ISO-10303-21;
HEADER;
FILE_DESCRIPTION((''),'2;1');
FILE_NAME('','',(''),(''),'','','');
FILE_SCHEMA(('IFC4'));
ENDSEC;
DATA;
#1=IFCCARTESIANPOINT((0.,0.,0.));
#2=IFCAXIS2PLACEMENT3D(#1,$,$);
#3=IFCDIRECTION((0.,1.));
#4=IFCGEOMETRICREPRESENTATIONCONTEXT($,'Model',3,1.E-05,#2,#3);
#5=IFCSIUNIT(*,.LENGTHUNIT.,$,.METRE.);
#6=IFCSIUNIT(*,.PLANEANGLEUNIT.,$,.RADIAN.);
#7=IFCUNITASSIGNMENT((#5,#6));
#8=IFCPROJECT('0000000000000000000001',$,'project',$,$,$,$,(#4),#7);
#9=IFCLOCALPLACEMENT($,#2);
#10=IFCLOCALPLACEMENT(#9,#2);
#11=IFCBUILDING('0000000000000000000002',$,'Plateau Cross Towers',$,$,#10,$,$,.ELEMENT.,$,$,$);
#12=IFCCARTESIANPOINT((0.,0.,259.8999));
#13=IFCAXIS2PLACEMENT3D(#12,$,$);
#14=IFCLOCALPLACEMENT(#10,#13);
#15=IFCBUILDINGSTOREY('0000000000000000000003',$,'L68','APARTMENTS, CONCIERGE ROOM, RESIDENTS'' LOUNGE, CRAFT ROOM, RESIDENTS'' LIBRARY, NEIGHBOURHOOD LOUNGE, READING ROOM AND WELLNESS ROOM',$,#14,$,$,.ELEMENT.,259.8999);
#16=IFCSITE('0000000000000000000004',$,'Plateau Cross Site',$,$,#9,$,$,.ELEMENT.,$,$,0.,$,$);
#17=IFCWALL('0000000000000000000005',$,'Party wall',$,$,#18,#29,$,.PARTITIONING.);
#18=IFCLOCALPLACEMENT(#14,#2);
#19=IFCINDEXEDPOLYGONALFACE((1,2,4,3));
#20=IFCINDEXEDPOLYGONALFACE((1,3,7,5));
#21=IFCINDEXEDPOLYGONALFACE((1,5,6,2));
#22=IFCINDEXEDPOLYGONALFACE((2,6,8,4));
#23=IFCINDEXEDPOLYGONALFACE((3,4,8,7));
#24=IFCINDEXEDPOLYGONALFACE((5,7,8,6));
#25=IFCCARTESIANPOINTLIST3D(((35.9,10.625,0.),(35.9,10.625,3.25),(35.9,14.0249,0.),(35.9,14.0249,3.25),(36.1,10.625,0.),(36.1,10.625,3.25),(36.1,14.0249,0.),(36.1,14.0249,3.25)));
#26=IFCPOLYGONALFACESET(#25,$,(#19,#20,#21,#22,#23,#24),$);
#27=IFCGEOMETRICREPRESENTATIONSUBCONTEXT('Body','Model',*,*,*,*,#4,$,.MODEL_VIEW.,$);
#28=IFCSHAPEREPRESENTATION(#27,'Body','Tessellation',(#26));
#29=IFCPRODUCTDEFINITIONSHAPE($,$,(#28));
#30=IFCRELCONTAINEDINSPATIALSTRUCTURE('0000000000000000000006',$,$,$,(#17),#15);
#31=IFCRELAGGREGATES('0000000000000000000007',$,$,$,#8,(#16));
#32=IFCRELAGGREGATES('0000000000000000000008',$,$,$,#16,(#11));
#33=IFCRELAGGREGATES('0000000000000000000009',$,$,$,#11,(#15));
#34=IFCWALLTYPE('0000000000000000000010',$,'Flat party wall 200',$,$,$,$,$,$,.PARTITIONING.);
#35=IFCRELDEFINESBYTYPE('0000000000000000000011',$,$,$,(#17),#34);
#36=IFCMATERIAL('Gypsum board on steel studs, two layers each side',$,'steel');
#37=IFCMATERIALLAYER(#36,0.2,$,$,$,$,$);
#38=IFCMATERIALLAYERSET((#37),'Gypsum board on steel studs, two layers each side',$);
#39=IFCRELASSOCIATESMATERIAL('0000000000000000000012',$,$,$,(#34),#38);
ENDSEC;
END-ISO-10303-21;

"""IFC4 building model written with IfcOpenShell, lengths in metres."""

from ifc_helpers import new_model, si_unit, direction, frame, frame_2d, origin, place, context, subcontext, project, spatial, rectangle, extrude, material, layer, layer_set, type_object, element, save


model = new_model("IFC4")

# Units and contexts
model_context = context("Model", 3, precision=1e-05, world=origin(), true_north=direction((0.0, 1.0)))
body_context = subcontext(model_context, "Body", "Model", "MODEL_VIEW")
ifc_project = project(units=[si_unit("LENGTHUNIT", "METRE"), si_unit("PLANEANGLEUNIT", "RADIAN")], contexts=[model_context])

# Site, building, storey
site_placement = place(None, origin())
site = spatial("IfcSite", under=ifc_project, at=site_placement, Name="Plateau Cross Site", CompositionType="ELEMENT", RefElevation=0.0)
building_placement = place(site_placement, origin())
building = spatial("IfcBuilding", under=site, at=building_placement, Name="Plateau Cross Towers", CompositionType="ELEMENT")
storey_placement = place(building_placement, frame((0.0, 0.0, 259.8999)))
storey = spatial("IfcBuildingStorey", under=building, at=storey_placement, Name="L68", Description="APARTMENTS, CONCIERGE ROOM, RESIDENTS' LOUNGE, CRAFT ROOM, RESIDENTS' LIBRARY, NEIGHBOURHOOD LOUNGE, READING ROOM AND WELLNESS ROOM", CompositionType="ELEMENT", Elevation=259.8999)

# Wall
ifc_material_1 = material(Name="Gypsum board on steel studs, two layers each side", Category="steel")
ifc_layer_1 = layer(ifc_material_1, 0.2)
ifc_layer_set_1 = layer_set([ifc_layer_1], Name="Gypsum board on steel studs, two layers each side")
wall_type_1 = type_object("IfcWallType", Name="Flat party wall 200", PredefinedType="PARTITIONING", material=ifc_layer_set_1)
wall_1_placement = place(storey_placement, frame((36.0, 10.625, 0.0), z_axis=(0.0, 0.0, 1.0), x_axis=(0.0, 1.0, 0.0)))
element("IfcWall", 1, at=wall_1_placement, inside=storey, type_object=wall_type_1, Name="Party wall", PredefinedType="PARTITIONING", context=body_context, shape_type="SweptSolid", body=[
    extrude(rectangle(XDim=3.3999, YDim=0.2, at=frame_2d((1.7, 0.0))), origin(), (0.0, 0.0, 1.0), 3.25),
])

save(model, "model.ifc")
